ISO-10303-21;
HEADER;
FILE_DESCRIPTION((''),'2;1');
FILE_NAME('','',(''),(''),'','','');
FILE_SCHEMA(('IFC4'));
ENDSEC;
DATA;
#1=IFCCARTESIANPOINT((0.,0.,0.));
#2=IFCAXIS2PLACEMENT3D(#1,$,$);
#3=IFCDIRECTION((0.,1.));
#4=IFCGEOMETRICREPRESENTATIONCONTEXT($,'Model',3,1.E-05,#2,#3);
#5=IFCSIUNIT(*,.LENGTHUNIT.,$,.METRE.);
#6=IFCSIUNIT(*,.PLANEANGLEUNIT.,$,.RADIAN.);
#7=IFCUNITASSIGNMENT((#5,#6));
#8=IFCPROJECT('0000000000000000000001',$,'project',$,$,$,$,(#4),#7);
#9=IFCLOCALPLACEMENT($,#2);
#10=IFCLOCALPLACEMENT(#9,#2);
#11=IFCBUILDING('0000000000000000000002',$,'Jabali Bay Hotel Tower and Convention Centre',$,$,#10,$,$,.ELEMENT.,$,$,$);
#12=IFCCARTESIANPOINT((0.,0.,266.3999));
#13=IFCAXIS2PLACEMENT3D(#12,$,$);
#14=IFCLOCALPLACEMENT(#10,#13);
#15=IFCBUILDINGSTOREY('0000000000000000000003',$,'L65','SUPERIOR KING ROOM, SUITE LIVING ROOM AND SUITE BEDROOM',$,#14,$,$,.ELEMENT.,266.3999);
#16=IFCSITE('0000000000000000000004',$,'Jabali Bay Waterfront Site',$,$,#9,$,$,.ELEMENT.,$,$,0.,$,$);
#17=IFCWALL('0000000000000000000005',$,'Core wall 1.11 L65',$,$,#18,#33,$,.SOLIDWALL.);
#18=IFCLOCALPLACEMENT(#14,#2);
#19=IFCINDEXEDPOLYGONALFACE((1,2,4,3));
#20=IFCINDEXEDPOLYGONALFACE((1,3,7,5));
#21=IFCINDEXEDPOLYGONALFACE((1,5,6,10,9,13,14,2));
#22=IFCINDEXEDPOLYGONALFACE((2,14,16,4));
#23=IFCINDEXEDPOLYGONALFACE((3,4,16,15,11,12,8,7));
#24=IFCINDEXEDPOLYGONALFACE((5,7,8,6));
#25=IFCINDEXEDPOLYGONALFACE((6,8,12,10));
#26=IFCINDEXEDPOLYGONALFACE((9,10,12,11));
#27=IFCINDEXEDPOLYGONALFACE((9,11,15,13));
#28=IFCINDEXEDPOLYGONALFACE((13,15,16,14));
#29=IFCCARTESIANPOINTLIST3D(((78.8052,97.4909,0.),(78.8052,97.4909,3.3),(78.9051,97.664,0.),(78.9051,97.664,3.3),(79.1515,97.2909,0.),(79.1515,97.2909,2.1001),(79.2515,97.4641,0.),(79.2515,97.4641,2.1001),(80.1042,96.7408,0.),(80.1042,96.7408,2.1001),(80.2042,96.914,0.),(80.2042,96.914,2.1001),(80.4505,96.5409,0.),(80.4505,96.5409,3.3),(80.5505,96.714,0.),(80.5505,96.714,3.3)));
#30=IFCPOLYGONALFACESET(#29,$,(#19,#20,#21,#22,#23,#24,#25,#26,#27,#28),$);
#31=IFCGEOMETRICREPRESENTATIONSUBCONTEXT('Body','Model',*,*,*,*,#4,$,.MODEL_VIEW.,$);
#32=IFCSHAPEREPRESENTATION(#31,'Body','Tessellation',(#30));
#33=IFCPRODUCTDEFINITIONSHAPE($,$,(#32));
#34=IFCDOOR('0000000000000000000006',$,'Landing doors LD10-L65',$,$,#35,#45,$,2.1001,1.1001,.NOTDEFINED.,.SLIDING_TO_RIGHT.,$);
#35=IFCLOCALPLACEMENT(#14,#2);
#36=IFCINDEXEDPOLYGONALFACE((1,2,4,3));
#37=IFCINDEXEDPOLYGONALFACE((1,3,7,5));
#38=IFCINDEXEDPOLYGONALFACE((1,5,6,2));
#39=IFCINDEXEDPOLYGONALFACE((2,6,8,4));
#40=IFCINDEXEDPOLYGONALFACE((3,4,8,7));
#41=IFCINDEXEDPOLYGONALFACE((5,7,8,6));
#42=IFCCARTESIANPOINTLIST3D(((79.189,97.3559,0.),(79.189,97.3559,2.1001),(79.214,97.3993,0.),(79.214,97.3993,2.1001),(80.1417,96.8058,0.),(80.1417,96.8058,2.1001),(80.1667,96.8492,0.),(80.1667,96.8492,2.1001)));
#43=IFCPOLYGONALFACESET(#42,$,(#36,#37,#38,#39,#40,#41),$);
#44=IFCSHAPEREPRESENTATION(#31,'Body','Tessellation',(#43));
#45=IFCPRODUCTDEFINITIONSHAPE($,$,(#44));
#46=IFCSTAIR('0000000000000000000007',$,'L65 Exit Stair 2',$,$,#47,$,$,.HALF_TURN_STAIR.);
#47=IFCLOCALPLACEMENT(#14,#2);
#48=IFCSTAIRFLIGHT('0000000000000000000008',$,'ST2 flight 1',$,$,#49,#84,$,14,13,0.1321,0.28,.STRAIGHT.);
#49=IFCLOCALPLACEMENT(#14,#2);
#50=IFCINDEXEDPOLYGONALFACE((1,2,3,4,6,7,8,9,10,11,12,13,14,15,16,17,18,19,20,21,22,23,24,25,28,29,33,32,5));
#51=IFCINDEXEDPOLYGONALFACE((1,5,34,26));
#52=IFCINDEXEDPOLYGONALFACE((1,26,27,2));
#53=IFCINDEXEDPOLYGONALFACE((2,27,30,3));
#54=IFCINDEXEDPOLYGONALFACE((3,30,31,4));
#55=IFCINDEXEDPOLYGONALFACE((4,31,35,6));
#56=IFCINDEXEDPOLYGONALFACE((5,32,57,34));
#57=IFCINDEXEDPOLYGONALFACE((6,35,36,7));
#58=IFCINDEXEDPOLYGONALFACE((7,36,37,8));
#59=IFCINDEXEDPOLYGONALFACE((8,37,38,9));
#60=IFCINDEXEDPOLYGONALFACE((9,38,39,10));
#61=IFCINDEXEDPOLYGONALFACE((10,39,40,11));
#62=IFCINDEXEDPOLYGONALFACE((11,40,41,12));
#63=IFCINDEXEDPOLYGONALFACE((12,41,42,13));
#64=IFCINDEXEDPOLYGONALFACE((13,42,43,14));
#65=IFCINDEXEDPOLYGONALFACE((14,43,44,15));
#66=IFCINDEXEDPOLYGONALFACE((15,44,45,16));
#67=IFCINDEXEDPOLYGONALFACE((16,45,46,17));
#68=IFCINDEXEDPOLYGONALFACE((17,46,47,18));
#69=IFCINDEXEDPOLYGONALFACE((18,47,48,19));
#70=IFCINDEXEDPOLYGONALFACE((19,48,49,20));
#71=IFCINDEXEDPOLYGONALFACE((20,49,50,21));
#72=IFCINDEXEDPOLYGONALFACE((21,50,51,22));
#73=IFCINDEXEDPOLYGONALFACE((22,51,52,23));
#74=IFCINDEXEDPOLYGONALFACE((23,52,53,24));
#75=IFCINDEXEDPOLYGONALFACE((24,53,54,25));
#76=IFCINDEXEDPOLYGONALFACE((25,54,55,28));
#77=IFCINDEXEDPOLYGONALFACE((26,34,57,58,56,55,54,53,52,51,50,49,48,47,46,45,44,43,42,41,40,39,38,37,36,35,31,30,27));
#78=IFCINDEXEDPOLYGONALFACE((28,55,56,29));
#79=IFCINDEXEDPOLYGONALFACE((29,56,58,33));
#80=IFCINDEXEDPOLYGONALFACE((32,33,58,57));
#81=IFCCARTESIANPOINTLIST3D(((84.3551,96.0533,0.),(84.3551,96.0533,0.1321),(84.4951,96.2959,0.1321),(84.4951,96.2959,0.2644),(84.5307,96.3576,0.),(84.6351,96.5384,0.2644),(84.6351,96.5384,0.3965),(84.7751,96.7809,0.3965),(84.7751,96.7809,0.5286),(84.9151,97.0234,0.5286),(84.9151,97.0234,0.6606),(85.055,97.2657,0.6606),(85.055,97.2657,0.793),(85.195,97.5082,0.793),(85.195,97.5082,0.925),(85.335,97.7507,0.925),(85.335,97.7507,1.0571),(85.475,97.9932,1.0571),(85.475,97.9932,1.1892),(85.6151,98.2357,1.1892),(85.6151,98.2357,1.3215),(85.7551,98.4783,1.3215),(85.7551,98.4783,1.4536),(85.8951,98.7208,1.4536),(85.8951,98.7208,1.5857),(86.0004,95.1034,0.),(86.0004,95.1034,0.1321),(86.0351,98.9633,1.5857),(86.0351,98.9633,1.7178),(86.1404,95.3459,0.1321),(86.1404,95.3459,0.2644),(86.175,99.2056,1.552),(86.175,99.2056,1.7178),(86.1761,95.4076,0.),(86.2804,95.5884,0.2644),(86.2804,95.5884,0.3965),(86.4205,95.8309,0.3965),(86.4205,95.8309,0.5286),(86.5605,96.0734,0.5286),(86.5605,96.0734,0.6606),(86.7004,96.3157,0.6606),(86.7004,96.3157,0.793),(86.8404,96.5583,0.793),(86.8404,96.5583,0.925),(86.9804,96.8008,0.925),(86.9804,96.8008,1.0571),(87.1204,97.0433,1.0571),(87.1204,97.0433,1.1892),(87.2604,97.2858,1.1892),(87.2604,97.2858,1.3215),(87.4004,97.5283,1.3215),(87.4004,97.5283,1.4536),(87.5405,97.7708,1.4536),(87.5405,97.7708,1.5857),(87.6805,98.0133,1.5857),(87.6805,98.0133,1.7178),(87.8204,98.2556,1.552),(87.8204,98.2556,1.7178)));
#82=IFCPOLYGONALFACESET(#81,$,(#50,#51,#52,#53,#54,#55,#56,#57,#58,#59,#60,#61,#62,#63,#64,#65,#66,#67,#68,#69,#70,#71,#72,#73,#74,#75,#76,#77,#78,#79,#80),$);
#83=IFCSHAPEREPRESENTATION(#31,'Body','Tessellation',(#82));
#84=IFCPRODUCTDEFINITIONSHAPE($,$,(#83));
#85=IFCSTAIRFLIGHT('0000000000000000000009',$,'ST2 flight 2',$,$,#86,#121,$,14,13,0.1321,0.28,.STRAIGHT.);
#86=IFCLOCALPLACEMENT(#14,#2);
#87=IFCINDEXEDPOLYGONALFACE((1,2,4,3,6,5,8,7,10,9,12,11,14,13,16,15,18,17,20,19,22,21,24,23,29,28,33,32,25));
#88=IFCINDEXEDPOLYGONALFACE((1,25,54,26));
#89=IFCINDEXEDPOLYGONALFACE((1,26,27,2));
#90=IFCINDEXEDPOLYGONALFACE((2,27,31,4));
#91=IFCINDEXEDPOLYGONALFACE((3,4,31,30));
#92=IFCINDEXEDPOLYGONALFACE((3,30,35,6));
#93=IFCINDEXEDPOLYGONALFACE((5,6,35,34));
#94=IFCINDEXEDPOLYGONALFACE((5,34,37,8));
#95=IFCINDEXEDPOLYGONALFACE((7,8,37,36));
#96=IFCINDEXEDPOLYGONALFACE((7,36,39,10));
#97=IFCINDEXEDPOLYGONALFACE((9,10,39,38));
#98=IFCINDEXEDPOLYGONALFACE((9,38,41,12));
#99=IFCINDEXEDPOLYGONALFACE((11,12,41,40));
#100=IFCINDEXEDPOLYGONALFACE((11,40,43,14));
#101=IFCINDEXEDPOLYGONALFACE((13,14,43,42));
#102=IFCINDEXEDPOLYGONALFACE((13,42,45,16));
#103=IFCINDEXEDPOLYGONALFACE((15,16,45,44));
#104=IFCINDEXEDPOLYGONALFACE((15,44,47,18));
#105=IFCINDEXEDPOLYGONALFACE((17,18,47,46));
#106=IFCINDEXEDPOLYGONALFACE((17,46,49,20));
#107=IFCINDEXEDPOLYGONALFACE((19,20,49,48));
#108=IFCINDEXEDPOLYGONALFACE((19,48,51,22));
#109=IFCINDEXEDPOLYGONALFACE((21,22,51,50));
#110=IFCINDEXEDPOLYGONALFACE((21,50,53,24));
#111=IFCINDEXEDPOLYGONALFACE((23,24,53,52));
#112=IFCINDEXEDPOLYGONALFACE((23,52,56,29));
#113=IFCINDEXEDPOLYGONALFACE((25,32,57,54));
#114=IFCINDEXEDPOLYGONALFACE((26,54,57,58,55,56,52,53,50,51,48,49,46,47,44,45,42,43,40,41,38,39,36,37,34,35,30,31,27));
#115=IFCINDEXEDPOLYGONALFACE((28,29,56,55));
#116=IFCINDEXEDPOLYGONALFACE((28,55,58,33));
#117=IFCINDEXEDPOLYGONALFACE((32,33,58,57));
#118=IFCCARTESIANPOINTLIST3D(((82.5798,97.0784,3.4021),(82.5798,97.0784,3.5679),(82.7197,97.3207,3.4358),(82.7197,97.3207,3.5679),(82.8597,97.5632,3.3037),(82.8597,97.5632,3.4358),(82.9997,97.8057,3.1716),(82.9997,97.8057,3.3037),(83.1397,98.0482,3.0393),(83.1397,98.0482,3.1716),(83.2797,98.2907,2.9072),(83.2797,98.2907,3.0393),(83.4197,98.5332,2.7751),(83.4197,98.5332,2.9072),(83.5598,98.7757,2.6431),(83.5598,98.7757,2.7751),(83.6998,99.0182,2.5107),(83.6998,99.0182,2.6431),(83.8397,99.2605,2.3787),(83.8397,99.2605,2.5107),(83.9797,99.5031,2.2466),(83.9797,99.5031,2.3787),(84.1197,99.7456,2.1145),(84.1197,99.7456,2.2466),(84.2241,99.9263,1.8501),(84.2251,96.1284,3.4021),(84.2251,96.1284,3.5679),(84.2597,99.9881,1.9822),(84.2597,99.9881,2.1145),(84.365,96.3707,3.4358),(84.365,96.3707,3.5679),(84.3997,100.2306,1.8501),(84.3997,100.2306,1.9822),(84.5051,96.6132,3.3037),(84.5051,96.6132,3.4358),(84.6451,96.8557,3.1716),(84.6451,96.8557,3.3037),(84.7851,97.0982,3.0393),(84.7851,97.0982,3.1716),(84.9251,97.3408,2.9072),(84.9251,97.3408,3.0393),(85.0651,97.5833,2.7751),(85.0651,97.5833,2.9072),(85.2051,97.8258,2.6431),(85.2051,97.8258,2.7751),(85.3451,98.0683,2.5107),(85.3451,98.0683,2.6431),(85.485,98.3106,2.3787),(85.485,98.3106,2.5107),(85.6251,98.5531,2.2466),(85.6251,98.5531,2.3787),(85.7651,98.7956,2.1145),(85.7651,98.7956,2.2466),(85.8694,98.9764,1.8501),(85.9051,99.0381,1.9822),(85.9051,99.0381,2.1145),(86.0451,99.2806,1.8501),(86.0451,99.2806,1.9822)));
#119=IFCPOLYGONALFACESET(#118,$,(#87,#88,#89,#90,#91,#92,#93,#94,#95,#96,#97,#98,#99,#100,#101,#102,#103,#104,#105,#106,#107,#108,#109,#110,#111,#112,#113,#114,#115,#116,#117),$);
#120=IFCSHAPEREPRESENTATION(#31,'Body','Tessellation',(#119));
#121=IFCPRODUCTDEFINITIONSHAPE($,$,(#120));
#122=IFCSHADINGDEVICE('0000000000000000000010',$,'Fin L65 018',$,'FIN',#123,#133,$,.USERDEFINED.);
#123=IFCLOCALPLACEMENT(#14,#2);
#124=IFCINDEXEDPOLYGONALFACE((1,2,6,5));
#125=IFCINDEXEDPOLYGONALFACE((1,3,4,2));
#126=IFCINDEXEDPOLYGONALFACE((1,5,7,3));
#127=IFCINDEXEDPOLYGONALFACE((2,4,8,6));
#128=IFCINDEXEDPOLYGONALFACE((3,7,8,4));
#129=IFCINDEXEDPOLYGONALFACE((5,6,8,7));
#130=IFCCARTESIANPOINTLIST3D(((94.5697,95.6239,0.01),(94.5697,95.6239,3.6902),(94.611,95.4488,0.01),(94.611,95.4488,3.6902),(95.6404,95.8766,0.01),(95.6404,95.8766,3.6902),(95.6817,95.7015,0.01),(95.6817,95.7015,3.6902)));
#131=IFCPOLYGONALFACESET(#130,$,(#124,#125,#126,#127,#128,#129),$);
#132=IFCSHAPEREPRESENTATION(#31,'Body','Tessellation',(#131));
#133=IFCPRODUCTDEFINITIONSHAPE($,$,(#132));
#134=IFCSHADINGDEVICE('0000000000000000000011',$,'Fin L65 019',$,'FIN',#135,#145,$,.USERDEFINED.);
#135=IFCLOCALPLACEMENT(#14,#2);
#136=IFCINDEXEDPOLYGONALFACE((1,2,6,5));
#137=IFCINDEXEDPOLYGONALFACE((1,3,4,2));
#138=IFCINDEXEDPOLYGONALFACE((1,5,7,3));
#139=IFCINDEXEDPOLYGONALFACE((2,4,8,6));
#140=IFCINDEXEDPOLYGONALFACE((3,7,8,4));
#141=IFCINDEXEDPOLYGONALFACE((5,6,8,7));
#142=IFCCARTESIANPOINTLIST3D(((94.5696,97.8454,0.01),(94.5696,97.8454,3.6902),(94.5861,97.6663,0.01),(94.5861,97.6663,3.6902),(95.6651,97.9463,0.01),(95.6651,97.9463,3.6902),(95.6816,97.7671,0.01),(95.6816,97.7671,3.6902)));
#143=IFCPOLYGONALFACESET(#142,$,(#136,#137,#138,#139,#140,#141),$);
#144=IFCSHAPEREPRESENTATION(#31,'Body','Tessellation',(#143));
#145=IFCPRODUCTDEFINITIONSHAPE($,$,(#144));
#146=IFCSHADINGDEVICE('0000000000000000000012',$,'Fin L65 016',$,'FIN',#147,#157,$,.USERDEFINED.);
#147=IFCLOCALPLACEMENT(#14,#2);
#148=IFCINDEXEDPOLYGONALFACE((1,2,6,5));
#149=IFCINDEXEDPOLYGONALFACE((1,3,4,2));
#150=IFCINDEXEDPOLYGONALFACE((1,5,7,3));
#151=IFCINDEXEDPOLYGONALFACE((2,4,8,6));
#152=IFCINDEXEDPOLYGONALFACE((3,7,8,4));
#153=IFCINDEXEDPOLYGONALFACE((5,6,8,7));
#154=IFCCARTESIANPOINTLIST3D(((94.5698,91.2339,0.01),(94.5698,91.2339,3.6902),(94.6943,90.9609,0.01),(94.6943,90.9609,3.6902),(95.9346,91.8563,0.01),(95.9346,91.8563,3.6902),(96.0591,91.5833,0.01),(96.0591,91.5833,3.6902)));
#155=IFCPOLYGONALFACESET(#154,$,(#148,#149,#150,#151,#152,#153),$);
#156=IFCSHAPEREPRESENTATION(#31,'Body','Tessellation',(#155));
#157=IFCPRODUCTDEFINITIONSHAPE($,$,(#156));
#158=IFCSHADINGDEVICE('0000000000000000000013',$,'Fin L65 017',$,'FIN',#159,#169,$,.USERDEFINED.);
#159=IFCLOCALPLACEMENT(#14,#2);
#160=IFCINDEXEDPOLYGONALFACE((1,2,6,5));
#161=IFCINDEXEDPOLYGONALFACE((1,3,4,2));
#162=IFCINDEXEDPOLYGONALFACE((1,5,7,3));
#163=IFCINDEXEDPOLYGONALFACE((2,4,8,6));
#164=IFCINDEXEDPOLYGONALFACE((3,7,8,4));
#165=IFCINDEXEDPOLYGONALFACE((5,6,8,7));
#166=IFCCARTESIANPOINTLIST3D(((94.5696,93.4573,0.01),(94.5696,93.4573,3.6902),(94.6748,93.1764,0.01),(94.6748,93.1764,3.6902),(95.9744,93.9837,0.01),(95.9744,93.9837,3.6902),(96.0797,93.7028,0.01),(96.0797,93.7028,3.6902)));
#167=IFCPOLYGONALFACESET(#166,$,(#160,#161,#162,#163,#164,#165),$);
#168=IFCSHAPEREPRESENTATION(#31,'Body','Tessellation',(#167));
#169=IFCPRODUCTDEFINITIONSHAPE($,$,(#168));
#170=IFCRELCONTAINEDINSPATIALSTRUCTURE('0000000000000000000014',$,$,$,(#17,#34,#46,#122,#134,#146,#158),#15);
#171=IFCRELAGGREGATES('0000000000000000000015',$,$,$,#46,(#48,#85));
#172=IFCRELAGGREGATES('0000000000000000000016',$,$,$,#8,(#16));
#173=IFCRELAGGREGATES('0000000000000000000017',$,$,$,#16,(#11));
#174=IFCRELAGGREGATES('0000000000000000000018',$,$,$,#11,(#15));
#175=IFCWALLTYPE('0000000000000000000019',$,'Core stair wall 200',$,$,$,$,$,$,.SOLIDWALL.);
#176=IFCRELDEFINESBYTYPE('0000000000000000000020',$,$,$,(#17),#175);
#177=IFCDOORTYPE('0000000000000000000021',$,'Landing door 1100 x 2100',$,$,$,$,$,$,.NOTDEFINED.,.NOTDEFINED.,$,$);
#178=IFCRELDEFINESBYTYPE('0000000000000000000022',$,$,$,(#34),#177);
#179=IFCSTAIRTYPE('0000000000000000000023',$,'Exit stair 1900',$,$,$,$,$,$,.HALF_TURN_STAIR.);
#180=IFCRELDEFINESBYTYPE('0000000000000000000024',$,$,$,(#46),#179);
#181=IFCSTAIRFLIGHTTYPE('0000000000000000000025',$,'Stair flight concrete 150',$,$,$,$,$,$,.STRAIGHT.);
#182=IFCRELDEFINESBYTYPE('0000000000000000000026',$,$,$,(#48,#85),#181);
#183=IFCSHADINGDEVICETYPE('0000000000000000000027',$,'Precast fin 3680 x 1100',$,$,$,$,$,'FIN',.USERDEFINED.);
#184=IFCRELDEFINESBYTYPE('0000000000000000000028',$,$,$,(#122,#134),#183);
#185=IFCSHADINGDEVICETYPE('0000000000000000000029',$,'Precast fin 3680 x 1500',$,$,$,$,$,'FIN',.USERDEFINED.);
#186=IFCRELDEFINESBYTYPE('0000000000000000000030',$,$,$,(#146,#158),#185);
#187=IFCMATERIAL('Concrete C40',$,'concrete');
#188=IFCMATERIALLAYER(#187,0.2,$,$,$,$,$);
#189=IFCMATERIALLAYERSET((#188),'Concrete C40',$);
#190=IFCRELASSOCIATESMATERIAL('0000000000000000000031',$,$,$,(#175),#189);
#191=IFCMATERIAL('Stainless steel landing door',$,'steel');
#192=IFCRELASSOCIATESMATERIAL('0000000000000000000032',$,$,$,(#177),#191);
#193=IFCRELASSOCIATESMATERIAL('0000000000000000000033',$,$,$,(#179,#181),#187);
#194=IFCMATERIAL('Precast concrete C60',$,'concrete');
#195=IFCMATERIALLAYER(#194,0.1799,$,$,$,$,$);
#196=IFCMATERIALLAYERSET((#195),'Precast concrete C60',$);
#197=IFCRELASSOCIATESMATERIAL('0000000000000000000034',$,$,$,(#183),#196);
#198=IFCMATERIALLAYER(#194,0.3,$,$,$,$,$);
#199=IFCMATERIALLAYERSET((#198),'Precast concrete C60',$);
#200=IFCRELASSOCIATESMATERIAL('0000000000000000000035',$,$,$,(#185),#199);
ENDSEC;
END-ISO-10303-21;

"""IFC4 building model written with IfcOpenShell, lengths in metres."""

from ifc_helpers import new_model, si_unit, direction, frame, frame_2d, origin, place, context, subcontext, project, spatial, polyline, rectangle, outline, extrude, material, layer, layer_set, type_object, element, fill, aggregate, save


model = new_model("IFC4")

# Units and contexts
model_context = context("Model", 3, precision=1e-05, world=origin(), true_north=direction((0.0, 1.0)))
body_context = subcontext(model_context, "Body", "Model", "MODEL_VIEW")
ifc_project = project(units=[si_unit("LENGTHUNIT", "METRE"), si_unit("PLANEANGLEUNIT", "RADIAN")], contexts=[model_context])

# Site, building, storey
site_placement = place(None, origin())
site = spatial("IfcSite", under=ifc_project, at=site_placement, Name="Jabali Bay Waterfront Site", CompositionType="ELEMENT", RefElevation=0.0)
building_placement = place(site_placement, origin())
building = spatial("IfcBuilding", under=site, at=building_placement, Name="Jabali Bay Hotel Tower and Convention Centre", CompositionType="ELEMENT")
storey_placement = place(building_placement, frame((0.0, 0.0, 266.3999)))
storey = spatial("IfcBuildingStorey", under=building, at=storey_placement, Name="L65", Description="SUPERIOR KING ROOM, SUITE LIVING ROOM AND SUITE BEDROOM", CompositionType="ELEMENT", Elevation=266.3999)

# Shared definitions
ifc_material_1 = material(Name="Concrete C40", Category="concrete")
ifc_layer_1 = layer(ifc_material_1, 0.2)
ifc_layer_set_1 = layer_set([ifc_layer_1], Name="Concrete C40")
wall_type_1 = type_object("IfcWallType", Name="Core stair wall 200", PredefinedType="SOLIDWALL", material=ifc_layer_set_1)

# Wall, opening, door
wall_1_placement = place(storey_placement, frame((80.5005, 96.6274, 0.0), z_axis=(0.0, 0.0, 1.0), x_axis=(-0.866012, 0.500023, 0.0)))
wall_1 = element("IfcWall", 1, at=wall_1_placement, inside=storey, type_object=wall_type_1, Name="Core wall 1.11 L65", PredefinedType="SOLIDWALL", context=body_context, shape_type="SweptSolid", body=[
    extrude(rectangle(XDim=1.8999, YDim=0.2, at=frame_2d((0.95, 0.0))), origin(), (0.0, 0.0, 1.0), 3.3),
])
opening_1_placement = place(wall_1_placement, frame((0.3999, 0.0, 0.0)))
opening_1 = element("IfcOpeningElement", 2, at=opening_1_placement, cuts=wall_1, PredefinedType="OPENING", context=body_context, shape_type="SweptSolid", body=[
    extrude(rectangle(XDim=1.1001, YDim=2.1001, at=frame_2d((0.55, 1.05))), frame((0.0, 0.1104, 0.0), z_axis=(0.0, -1.0, 0.0), x_axis=(1.0, 0.0, 0.0)), (0.0, 0.0, 1.0), 0.2209),
])
ifc_material_2 = material(Name="Stainless steel landing door", Category="steel")
door_type_1 = type_object("IfcDoorType", Name="Landing door 1100 x 2100", OperationType="NOTDEFINED", PredefinedType="NOTDEFINED", material=ifc_material_2)
door_1_placement = place(opening_1_placement, origin())
door_1 = element("IfcDoor", 3, at=door_1_placement, inside=storey, type_object=door_type_1, Name="Landing doors LD10-L65", OperationType="SLIDING_TO_RIGHT", OverallHeight=2.1001, OverallWidth=1.1001, PredefinedType="NOTDEFINED", context=body_context, shape_type="SweptSolid", body=[
    extrude(rectangle(XDim=1.1001, YDim=2.1001, at=frame_2d((0.55, 1.05))), frame((0.0, 0.0249, 0.0), z_axis=(0.0, -1.0, 0.0), x_axis=(1.0, 0.0, 0.0)), (0.0, 0.0, 1.0), 0.05),
])
fill(opening_1, door_1)

# Stair, stair flights
stair_type = type_object("IfcStairType", Name="Exit stair 1900", PredefinedType="HALF_TURN_STAIR", material=ifc_material_1)
stair_placement = place(storey_placement, origin())
stair = element("IfcStair", 4, at=stair_placement, inside=storey, type_object=stair_type, Name="L65 Exit Stair 2", PredefinedType="HALF_TURN_STAIR")
stair_flight_type = type_object("IfcStairFlightType", Name="Stair flight concrete 150", PredefinedType="STRAIGHT", material=ifc_material_1)
stair_flight_1_placement = place(storey_placement, frame((85.1777, 95.5784, 0.0), z_axis=(0.0, 0.0, 1.0), x_axis=(0.5, 0.866025, 0.0)))
stair_flight_1 = element("IfcStairFlight", 5, at=stair_flight_1_placement, type_object=stair_flight_type, Name="ST2 flight 1", NumberOfRisers=14, NumberOfTreads=13, PredefinedType="STRAIGHT", RiserHeight=0.1321, TreadLength=0.28, context=body_context, shape_type="SweptSolid", body=[
    extrude(outline(polyline([(0.0, 0.0), (0.0, 0.1321), (0.28, 0.1321), (0.28, 0.2644), (0.5601, 0.2644), (0.5601, 0.3965), (0.8401, 0.3965), (0.8401, 0.5286), (1.1201, 0.5286), (1.1201, 0.6606), (1.3999, 0.6606), (1.3999, 0.793), (1.6799, 0.793), (1.6799, 0.925), (1.96, 0.925), (1.96, 1.0571), (2.24, 1.0571), (2.24, 1.1892), (2.52, 1.1892), (2.52, 1.3215), (2.8, 1.3215), (2.8, 1.4536), (3.0801, 1.4536), (3.0801, 1.5857), (3.3601, 1.5857), (3.3601, 1.7178), (3.6399, 1.7178), (3.6399, 1.8501), (3.6399, 1.552), (0.3513, 0.0), (0.0, 0.0)])), frame((0.0, 0.95, 0.0), z_axis=(0.0, -1.0, 0.0), x_axis=(1.0, 0.0, 0.0)), (0.0, 0.0, 1.0), 1.8999),
])
stair_flight_2_placement = place(storey_placement, frame((85.2224, 99.7556, 1.8501), z_axis=(0.0, 0.0, 1.0), x_axis=(-0.5, -0.866025, 0.0)))
stair_flight_2 = element("IfcStairFlight", 6, at=stair_flight_2_placement, type_object=stair_flight_type, Name="ST2 flight 2", NumberOfRisers=14, NumberOfTreads=13, PredefinedType="STRAIGHT", RiserHeight=0.1321, TreadLength=0.28, context=body_context, shape_type="SweptSolid", body=[
    extrude(outline(polyline([(0.0, 0.0), (0.0, 0.1321), (0.28, 0.1321), (0.28, 0.2644), (0.5601, 0.2644), (0.5601, 0.3965), (0.8401, 0.3965), (0.8401, 0.5286), (1.1201, 0.5286), (1.1201, 0.6606), (1.3999, 0.6606), (1.3999, 0.793), (1.6799, 0.793), (1.6799, 0.925), (1.96, 0.925), (1.96, 1.0571), (2.24, 1.0571), (2.24, 1.1892), (2.52, 1.1892), (2.52, 1.3215), (2.8, 1.3215), (2.8, 1.4536), (3.0801, 1.4536), (3.0801, 1.5857), (3.3601, 1.5857), (3.3601, 1.7178), (3.6399, 1.7178), (3.6399, 1.8501), (3.6399, 1.552), (0.3513, 0.0), (0.0, 0.0)])), frame((0.0, 0.95, 0.0), z_axis=(0.0, -1.0, 0.0), x_axis=(1.0, 0.0, 0.0)), (0.0, 0.0, 1.0), 1.8999),
])
aggregate(stair, [stair_flight_1, stair_flight_2])

# Shading devices
ifc_material_3 = material(Name="Precast concrete C60", Category="concrete")
ifc_layer_2 = layer(ifc_material_3, 0.1799)
ifc_layer_set_2 = layer_set([ifc_layer_2], Name="Precast concrete C60")
shading_device_type_1 = type_object("IfcShadingDeviceType", Name="Precast fin 3680 x 1100", ElementType="FIN", PredefinedType="USERDEFINED", material=ifc_layer_set_2)
for number, where, z_axis, x_axis, name in (
    (7, (94.5903, 95.5364, 0.01), (0.0, 0.0, 1.0), (0.973269, 0.22967, 0.0), "Fin L65 018"),
    (8, (94.5779, 97.7559, 0.01), (0.0, 0.0, 1.0), (0.995791, 0.091656, 0.0), "Fin L65 019"),
):
    element("IfcShadingDevice", number, at=place(storey_placement, frame(where, z_axis=z_axis, x_axis=x_axis)), inside=storey, type_object=shading_device_type_1, Name=name, ObjectType="FIN", PredefinedType="USERDEFINED", context=body_context, shape_type="SweptSolid", body=[
        extrude(rectangle(XDim=1.1001, YDim=0.1799, at=frame_2d((0.55, 0.0))), origin(), (0.0, 0.0, 1.0), 3.6802),
    ])
ifc_layer_3 = layer(ifc_material_3, 0.3)
ifc_layer_set_3 = layer_set([ifc_layer_3], Name="Precast concrete C60")
shading_device_type_2 = type_object("IfcShadingDeviceType", Name="Precast fin 3680 x 1500", ElementType="FIN", PredefinedType="USERDEFINED", material=ifc_layer_set_3)
shading_device_1_placement = place(storey_placement, frame((94.6321, 91.0974, 0.01), z_axis=(0.0, 0.0, 1.0), x_axis=(0.90987, 0.414894, 0.0)))
element("IfcShadingDevice", 9, at=shading_device_1_placement, inside=storey, type_object=shading_device_type_2, Name="Fin L65 016", ObjectType="FIN", PredefinedType="USERDEFINED", context=body_context, shape_type="SweptSolid", body=[
    extrude(rectangle(XDim=1.5, YDim=0.3, at=frame_2d((0.75, 0.0))), origin(), (0.0, 0.0, 1.0), 3.6802),
])
shading_device_2_placement = place(storey_placement, frame((94.6223, 93.3169, 0.01), z_axis=(0.0, 0.0, 1.0), x_axis=(0.936423, 0.350874, 0.0)))
element("IfcShadingDevice", 10, at=shading_device_2_placement, inside=storey, type_object=shading_device_type_2, Name="Fin L65 017", ObjectType="FIN", PredefinedType="USERDEFINED", context=body_context, shape_type="SweptSolid", body=[
    extrude(rectangle(XDim=1.5002, YDim=0.3, at=frame_2d((0.75, 0.0))), origin(), (0.0, 0.0, 1.0), 3.6802),
])

save(model, "model.ifc")
